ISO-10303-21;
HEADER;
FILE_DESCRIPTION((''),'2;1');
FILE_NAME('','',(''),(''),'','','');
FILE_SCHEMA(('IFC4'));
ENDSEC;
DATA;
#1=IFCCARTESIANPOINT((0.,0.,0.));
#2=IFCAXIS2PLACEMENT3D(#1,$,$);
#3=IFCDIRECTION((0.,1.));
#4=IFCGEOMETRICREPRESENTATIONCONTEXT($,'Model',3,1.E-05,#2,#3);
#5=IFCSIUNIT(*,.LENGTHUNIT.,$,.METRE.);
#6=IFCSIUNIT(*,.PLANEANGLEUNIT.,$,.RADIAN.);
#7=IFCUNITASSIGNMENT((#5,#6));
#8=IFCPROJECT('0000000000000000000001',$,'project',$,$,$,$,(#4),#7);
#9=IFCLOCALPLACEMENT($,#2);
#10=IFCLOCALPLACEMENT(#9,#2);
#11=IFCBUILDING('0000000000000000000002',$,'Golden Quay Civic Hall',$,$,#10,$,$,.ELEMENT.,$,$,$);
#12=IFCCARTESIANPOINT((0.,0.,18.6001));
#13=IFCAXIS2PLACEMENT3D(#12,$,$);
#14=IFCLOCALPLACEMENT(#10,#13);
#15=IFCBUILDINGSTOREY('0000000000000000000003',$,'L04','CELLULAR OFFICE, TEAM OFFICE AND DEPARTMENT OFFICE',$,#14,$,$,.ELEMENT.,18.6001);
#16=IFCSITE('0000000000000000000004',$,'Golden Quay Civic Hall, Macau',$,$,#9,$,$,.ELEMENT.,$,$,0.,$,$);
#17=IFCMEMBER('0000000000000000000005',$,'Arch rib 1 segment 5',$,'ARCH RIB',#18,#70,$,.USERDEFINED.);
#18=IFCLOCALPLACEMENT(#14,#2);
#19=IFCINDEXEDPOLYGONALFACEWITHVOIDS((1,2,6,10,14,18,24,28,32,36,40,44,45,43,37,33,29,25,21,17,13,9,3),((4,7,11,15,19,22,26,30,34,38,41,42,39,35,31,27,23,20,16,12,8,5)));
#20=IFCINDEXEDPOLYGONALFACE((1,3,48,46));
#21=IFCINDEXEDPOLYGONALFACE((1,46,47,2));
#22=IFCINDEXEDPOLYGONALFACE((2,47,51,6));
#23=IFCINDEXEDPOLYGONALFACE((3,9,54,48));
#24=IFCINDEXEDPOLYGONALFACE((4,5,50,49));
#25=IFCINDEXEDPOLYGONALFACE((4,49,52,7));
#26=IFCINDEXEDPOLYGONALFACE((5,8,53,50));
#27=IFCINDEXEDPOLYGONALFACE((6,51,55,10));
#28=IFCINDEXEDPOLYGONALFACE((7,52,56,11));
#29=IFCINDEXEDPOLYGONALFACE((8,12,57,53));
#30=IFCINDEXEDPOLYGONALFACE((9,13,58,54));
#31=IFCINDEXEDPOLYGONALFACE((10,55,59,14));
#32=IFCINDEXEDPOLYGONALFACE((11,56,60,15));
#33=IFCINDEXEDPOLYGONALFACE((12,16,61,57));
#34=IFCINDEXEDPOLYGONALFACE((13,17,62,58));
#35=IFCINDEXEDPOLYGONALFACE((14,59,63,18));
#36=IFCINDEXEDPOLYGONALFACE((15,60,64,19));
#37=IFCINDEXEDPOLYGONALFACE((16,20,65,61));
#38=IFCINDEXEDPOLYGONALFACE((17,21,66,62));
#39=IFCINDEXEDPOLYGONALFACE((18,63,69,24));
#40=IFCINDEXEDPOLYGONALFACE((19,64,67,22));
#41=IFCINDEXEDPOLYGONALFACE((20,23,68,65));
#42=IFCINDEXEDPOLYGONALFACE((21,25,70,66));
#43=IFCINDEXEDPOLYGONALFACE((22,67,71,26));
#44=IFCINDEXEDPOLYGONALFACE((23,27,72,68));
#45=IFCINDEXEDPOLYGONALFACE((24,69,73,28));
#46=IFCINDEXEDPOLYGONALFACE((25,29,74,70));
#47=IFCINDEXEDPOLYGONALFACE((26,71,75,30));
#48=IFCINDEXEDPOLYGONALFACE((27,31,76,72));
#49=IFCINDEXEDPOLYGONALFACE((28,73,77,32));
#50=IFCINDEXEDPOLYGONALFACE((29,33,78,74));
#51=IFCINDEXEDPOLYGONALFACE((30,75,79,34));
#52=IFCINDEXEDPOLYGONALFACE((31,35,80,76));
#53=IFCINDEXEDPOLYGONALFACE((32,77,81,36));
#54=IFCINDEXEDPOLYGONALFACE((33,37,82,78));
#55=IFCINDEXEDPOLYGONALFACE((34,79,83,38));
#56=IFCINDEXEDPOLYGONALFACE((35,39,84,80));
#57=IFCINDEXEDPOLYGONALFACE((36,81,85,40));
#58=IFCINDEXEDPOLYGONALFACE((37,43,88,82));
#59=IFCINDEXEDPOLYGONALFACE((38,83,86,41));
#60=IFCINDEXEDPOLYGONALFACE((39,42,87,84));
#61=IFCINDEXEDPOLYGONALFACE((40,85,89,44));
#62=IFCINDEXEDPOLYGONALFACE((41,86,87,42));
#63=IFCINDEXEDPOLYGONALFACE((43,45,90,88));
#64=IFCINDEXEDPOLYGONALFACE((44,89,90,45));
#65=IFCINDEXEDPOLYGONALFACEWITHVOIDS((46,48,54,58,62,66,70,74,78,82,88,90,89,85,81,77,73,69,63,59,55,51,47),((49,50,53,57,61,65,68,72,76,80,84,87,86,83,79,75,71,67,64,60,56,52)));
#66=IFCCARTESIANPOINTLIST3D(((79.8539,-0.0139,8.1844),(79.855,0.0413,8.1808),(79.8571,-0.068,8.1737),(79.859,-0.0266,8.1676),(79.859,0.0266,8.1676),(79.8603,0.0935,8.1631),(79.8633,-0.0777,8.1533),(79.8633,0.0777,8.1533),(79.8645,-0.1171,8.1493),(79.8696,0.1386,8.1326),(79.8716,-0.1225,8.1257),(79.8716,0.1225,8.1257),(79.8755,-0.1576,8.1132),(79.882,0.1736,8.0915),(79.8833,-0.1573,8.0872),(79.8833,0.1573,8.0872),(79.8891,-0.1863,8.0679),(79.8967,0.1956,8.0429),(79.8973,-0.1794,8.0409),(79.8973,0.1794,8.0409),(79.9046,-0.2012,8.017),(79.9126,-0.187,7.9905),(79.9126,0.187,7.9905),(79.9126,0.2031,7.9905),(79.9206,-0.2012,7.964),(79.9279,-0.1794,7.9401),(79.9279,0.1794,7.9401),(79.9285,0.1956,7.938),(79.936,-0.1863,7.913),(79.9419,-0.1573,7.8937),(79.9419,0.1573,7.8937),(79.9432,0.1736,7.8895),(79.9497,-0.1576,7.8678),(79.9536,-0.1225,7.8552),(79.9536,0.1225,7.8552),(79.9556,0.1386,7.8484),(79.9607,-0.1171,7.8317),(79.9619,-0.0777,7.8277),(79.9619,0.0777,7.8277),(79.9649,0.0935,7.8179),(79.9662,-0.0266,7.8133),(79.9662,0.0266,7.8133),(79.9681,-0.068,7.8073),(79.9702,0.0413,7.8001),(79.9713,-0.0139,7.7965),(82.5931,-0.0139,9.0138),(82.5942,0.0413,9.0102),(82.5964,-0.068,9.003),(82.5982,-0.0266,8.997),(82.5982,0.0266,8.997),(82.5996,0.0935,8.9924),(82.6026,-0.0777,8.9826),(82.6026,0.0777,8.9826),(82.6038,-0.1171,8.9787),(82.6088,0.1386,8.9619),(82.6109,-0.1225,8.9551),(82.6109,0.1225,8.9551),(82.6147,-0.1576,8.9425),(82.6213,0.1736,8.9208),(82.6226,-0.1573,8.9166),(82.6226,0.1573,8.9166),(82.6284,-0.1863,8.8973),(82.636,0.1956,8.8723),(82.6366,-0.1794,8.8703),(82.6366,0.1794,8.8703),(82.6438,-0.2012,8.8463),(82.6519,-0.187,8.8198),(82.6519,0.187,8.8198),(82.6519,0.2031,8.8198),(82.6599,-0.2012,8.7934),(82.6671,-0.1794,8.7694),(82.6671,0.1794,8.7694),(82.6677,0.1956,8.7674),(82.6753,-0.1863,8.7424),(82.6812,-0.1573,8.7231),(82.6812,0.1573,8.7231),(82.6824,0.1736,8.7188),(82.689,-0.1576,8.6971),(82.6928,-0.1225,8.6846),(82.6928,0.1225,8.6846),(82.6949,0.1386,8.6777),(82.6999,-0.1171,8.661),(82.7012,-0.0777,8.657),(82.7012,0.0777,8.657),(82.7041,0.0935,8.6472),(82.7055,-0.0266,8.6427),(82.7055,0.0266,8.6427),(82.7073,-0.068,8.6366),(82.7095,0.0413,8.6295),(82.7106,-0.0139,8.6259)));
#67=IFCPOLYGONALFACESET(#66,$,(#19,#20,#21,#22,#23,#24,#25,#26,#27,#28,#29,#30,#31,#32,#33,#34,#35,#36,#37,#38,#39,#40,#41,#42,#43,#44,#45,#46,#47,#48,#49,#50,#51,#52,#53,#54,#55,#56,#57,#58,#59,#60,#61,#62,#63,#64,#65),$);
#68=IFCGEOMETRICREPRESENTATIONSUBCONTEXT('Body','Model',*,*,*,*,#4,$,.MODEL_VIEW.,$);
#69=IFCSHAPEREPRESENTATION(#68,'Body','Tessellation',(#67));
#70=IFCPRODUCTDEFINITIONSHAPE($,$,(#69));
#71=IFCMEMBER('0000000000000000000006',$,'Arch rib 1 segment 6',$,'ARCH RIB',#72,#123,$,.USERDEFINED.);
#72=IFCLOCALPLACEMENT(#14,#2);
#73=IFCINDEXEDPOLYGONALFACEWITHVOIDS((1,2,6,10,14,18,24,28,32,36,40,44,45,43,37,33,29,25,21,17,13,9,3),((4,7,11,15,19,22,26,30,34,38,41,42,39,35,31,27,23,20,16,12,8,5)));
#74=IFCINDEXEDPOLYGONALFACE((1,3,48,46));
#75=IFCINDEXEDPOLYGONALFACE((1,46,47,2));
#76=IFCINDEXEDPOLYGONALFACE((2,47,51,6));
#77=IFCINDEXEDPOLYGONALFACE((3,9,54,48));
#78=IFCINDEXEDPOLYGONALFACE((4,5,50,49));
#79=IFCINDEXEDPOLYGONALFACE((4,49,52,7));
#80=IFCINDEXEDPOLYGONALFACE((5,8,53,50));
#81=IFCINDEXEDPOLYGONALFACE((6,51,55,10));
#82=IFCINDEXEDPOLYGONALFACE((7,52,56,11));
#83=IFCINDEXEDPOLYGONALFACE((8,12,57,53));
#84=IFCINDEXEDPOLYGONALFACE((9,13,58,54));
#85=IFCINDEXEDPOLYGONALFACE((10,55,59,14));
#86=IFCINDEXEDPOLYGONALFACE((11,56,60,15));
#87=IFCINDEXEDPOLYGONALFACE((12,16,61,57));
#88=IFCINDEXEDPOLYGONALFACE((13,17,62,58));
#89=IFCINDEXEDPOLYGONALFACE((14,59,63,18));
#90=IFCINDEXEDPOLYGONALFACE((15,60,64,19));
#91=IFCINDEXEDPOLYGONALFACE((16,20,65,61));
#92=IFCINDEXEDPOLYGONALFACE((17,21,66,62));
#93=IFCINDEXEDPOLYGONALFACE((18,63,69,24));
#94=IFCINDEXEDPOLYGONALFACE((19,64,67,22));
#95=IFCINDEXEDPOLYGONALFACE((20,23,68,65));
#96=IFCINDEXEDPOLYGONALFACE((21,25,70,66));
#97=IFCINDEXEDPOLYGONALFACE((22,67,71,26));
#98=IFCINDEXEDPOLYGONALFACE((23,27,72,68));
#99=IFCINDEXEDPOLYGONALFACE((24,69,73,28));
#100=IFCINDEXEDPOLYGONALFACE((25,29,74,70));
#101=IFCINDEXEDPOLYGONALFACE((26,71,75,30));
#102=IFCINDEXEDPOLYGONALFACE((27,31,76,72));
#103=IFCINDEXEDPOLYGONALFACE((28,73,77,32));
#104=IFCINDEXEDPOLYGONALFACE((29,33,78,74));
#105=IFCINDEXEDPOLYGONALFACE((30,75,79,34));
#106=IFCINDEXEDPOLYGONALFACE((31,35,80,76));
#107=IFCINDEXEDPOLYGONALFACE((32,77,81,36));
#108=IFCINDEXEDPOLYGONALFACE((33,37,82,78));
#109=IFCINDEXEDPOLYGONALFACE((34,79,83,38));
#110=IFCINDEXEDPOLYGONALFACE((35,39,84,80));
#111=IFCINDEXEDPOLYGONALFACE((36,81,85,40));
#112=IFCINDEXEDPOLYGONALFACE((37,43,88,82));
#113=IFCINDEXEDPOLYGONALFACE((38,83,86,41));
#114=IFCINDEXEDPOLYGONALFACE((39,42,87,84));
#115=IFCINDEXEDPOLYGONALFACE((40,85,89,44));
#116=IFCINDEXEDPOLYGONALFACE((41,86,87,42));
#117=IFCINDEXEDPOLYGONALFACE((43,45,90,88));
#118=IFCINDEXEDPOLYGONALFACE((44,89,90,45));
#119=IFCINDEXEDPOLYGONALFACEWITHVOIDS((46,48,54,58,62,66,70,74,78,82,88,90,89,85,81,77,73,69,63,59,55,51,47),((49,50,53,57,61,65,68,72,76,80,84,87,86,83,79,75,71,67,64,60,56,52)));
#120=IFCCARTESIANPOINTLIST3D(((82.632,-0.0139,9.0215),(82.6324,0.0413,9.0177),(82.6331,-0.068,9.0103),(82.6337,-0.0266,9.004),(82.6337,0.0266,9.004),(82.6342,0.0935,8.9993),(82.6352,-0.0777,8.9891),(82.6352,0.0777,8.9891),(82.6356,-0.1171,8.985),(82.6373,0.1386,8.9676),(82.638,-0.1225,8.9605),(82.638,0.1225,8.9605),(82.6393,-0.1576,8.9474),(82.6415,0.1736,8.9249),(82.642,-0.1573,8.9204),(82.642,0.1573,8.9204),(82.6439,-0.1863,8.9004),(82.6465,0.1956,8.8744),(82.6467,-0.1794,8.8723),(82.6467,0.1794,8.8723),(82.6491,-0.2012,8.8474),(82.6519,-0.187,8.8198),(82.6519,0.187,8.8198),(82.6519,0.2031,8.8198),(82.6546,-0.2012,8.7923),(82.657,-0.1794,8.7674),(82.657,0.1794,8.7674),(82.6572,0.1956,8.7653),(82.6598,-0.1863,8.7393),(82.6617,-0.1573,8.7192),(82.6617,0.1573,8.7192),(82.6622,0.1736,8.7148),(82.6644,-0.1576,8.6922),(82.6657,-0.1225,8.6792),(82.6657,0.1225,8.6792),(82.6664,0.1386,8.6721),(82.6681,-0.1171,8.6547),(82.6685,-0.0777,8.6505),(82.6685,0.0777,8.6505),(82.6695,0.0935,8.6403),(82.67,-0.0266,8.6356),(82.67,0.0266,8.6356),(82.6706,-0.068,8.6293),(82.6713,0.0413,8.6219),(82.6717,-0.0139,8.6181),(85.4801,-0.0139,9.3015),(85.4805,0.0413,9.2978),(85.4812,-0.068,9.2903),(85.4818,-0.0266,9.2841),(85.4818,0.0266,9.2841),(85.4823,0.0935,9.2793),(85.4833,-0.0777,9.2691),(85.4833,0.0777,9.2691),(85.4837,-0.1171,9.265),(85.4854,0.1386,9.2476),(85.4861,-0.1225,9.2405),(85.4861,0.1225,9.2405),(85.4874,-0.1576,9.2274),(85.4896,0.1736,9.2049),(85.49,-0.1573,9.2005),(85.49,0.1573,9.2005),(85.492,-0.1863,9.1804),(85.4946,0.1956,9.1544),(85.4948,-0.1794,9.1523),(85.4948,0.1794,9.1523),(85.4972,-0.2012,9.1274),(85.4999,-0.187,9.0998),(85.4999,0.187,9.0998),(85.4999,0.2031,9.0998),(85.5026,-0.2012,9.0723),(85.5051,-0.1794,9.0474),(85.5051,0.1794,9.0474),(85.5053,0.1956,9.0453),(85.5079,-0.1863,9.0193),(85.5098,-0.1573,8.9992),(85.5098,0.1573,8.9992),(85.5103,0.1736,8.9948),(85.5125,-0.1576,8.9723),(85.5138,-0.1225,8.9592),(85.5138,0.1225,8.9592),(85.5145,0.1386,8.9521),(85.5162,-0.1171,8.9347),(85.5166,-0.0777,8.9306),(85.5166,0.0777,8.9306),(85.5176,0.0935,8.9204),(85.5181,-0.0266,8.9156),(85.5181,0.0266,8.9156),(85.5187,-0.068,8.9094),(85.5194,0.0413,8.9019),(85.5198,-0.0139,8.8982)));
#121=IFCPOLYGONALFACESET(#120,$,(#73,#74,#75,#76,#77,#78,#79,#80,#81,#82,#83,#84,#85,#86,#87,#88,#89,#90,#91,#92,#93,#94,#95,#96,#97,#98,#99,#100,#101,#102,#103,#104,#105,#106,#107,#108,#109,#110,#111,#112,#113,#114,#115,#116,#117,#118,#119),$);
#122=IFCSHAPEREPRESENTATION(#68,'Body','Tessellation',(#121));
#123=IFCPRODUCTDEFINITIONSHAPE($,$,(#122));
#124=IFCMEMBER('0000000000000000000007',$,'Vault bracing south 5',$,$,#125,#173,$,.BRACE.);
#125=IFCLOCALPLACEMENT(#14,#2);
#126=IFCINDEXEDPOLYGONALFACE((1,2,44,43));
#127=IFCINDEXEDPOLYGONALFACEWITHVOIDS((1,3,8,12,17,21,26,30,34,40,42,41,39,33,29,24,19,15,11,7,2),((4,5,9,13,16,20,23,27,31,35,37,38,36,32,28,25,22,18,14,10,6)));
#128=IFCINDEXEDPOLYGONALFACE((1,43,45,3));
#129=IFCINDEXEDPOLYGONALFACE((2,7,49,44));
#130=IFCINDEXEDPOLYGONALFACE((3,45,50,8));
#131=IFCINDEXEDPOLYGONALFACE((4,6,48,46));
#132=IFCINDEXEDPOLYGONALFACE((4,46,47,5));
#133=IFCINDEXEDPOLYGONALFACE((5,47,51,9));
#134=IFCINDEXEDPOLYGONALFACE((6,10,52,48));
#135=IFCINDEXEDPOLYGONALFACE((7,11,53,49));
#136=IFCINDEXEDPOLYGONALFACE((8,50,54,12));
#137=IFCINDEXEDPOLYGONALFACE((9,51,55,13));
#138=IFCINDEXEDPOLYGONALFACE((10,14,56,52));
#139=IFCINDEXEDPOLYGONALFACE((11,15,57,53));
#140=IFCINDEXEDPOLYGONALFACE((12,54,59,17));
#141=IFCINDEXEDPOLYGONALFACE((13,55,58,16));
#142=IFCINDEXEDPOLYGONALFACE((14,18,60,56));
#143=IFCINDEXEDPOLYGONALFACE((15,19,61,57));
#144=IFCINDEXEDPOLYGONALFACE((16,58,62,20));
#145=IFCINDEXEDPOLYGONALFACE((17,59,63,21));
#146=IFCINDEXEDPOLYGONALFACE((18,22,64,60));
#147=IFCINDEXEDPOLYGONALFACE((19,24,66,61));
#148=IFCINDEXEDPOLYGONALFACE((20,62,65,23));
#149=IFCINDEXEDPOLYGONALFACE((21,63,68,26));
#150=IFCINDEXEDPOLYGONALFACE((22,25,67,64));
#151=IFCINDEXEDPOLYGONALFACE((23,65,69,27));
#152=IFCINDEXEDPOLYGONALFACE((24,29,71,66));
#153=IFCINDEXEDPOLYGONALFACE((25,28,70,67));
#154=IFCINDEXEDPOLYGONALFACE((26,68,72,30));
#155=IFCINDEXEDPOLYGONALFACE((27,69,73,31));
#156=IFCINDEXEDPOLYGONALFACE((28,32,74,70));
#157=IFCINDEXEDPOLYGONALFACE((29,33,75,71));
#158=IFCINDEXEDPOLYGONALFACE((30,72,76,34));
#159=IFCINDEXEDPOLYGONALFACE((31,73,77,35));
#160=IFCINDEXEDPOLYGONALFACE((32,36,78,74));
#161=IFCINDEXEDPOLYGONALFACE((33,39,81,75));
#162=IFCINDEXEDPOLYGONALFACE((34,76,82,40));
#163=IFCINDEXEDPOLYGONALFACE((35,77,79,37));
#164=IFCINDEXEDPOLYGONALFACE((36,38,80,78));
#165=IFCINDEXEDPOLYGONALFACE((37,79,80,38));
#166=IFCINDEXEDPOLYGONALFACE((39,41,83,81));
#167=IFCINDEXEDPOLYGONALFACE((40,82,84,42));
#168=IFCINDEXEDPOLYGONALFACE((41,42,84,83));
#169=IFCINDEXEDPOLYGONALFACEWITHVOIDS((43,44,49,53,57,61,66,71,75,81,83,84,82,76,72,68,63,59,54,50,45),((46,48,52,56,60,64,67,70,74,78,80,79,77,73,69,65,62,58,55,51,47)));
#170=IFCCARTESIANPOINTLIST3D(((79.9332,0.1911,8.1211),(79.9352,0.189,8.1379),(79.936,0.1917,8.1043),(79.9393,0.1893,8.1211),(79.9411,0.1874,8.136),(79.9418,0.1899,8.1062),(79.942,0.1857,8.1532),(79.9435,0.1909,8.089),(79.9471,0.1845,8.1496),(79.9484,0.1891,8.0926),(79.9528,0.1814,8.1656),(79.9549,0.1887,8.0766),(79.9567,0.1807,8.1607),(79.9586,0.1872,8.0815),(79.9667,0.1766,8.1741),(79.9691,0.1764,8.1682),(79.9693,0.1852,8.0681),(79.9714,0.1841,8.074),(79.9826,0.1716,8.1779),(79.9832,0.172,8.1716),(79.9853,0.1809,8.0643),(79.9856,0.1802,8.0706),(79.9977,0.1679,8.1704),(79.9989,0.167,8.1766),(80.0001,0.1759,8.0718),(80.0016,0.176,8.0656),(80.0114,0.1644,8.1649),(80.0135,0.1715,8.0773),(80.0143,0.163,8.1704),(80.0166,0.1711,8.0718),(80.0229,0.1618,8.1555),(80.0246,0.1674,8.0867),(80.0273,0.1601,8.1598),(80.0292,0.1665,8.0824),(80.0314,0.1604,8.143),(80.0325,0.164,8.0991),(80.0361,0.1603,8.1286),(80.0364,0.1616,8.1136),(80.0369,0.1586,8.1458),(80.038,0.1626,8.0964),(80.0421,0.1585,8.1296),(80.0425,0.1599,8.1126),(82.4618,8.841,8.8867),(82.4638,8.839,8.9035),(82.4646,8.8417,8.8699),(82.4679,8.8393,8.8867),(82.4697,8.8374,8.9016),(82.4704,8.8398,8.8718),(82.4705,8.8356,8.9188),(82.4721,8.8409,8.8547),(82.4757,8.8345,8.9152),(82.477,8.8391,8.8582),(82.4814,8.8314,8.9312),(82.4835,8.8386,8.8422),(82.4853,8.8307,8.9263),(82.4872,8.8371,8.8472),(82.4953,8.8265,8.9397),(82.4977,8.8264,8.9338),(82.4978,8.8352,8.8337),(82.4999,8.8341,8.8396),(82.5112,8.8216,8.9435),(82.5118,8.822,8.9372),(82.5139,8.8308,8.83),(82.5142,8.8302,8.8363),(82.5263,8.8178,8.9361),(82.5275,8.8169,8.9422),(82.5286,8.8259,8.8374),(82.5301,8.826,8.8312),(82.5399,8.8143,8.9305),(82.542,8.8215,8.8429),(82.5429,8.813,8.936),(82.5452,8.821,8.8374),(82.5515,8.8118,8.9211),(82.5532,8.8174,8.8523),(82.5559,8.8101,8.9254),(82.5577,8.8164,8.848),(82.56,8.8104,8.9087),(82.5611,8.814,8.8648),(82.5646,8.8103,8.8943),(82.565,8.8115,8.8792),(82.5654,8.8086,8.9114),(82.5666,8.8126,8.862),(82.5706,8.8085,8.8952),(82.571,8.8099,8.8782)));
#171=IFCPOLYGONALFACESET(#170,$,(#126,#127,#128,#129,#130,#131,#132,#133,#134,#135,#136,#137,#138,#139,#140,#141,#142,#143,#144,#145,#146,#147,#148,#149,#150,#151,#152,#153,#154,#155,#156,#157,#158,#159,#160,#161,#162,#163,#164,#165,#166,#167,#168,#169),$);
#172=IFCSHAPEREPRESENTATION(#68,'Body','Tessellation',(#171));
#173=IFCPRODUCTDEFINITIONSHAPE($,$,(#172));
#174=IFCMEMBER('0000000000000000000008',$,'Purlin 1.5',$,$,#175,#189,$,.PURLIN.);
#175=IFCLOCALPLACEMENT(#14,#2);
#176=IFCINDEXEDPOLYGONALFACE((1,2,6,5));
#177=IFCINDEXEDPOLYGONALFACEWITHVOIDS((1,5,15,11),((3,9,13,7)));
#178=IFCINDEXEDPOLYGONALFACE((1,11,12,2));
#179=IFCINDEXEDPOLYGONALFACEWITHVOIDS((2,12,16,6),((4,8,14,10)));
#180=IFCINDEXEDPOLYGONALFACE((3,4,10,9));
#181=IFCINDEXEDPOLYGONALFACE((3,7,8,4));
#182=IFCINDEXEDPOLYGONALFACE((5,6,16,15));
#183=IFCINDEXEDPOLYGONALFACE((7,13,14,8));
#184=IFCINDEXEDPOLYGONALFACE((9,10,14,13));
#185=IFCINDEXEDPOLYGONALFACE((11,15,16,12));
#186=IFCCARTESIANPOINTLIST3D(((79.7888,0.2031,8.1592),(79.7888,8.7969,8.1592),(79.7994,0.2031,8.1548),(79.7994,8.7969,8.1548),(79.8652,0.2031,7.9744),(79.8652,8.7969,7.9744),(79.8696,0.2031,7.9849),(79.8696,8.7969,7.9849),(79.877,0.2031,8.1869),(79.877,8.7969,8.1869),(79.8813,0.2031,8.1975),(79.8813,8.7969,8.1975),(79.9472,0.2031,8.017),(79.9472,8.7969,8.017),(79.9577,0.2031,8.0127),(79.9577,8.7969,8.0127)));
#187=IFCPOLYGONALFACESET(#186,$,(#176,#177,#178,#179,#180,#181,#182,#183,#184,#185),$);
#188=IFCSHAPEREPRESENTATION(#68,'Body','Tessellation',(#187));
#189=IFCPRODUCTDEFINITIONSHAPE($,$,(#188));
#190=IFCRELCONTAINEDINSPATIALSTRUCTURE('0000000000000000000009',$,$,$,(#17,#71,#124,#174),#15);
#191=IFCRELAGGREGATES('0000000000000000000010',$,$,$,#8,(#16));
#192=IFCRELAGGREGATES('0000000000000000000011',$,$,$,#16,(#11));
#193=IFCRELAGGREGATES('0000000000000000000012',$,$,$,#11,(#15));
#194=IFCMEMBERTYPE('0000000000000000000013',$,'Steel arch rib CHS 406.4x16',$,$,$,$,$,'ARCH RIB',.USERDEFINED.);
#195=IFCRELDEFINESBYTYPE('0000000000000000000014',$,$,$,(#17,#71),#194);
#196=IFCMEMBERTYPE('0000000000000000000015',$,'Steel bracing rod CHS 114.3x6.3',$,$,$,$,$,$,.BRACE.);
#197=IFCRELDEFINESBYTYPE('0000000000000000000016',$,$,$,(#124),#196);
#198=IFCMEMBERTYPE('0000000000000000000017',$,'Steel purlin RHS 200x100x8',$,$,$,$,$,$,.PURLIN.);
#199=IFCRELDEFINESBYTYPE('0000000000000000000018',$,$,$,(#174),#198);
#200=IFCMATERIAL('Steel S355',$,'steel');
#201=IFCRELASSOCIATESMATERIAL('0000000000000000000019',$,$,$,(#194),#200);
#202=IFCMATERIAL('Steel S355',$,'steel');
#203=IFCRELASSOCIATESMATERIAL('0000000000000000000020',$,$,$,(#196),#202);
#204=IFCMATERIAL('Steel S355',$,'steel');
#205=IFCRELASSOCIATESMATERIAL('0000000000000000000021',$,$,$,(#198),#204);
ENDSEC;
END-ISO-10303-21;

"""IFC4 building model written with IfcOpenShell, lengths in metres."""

from ifc_helpers import new_model, si_unit, direction, frame, origin, origin_2d, place, context, subcontext, project, spatial, hollow_rectangle, hollow_circle, extrude, material, material_profile, profile_set, type_object, element, save


model = new_model("IFC4")

# Units and contexts
model_context = context("Model", 3, precision=1e-05, world=origin(), true_north=direction((0.0, 1.0)))
body_context = subcontext(model_context, "Body", "Model", "MODEL_VIEW")
ifc_project = project(units=[si_unit("LENGTHUNIT", "METRE"), si_unit("PLANEANGLEUNIT", "RADIAN")], contexts=[model_context])

# Site, building, storey
site_placement = place(None, origin())
site = spatial("IfcSite", under=ifc_project, at=site_placement, Name="Golden Quay Civic Hall, Macau", CompositionType="ELEMENT", RefElevation=0.0)
building_placement = place(site_placement, origin())
building = spatial("IfcBuilding", under=site, at=building_placement, Name="Golden Quay Civic Hall", CompositionType="ELEMENT")
storey_placement = place(building_placement, frame((0.0, 0.0, 18.6001)))
storey = spatial("IfcBuildingStorey", under=building, at=storey_placement, Name="L04", Description="CELLULAR OFFICE, TEAM OFFICE AND DEPARTMENT OFFICE", CompositionType="ELEMENT", Elevation=18.6001)

# Members
ifc_material_1 = material(Name="Steel S355", Category="steel")
ifc_material_profile_1 = material_profile(ifc_material_1, hollow_circle(Radius=0.2031, WallThickness=0.0161, at=origin_2d()), Name="CHS 406.4x16")
ifc_profile_set_1 = profile_set([ifc_material_profile_1], Name="Steel S355")
member_type_1 = type_object("IfcMemberType", Name="Steel arch rib CHS 406.4x16", ElementType="ARCH RIB", PredefinedType="USERDEFINED", material=ifc_profile_set_1)
member_1_placement = place(storey_placement, frame((79.9126, 0.0, 7.9905), z_axis=(0.957095, 0.0, 0.289773), x_axis=(0.0, 1.0, 0.0)))
element("IfcMember", 1, at=member_1_placement, inside=storey, type_object=member_type_1, Name="Arch rib 1 segment 5", ObjectType="ARCH RIB", PredefinedType="USERDEFINED", context=body_context, shape_type="SweptSolid", body=[
    extrude(hollow_circle(Radius=0.2031, WallThickness=0.0161, at=origin_2d()), origin(), (0.0, 0.0, 1.0), 2.8621),
])
member_2_placement = place(storey_placement, frame((82.6519, 0.0, 8.8198), z_axis=(0.995201, 0.0, 0.097848), x_axis=(0.0, 1.0, 0.0)))
element("IfcMember", 2, at=member_2_placement, inside=storey, type_object=member_type_1, Name="Arch rib 1 segment 6", ObjectType="ARCH RIB", PredefinedType="USERDEFINED", context=body_context, shape_type="SweptSolid", body=[
    extrude(hollow_circle(Radius=0.2031, WallThickness=0.0161, at=origin_2d()), origin(), (0.0, 0.0, 1.0), 2.8618),
])
ifc_material_2 = material(Name="Steel S355", Category="steel")
ifc_material_profile_2 = material_profile(ifc_material_2, hollow_circle(Radius=0.0571, WallThickness=0.0063, at=origin_2d()), Name="CHS 114.3x6.3")
ifc_profile_set_2 = profile_set([ifc_material_profile_2], Name="Steel S355")
member_type_2 = type_object("IfcMemberType", Name="Steel bracing rod CHS 114.3x6.3", PredefinedType="BRACE", material=ifc_profile_set_2)
member_3_placement = place(storey_placement, frame((79.988, 0.175, 8.1211), z_axis=(0.279573, 0.956385, 0.084652), x_axis=(-0.959831, 0.28058, 0.0)))
element("IfcMember", 3, at=member_3_placement, inside=storey, type_object=member_type_2, Name="Vault bracing south 5", PredefinedType="BRACE", context=body_context, shape_type="SweptSolid", body=[
    extrude(hollow_circle(Radius=0.0571, WallThickness=0.0063, at=origin_2d()), origin(), (0.0, 0.0, 1.0), 9.0444),
])
ifc_material_3 = material(Name="Steel S355", Category="steel")
ifc_material_profile_3 = material_profile(ifc_material_3, hollow_rectangle(XDim=0.1001, YDim=0.2, WallThickness=0.0081, at=origin_2d()), Name="RHS 200x100x8")
ifc_profile_set_3 = profile_set([ifc_material_profile_3], Name="Steel S355")
member_type_3 = type_object("IfcMemberType", Name="Steel purlin RHS 200x100x8", PredefinedType="PURLIN", material=ifc_profile_set_3)
for number, where, z_axis, x_axis, name in (
    (4, (79.8733, 0.2031, 8.0859), (0.0, 1.0, 0.0), (-0.924146, 0.0, -0.382039), "Purlin 1.5"),
):
    element("IfcMember", number, at=place(storey_placement, frame(where, z_axis=z_axis, x_axis=x_axis)), inside=storey, type_object=member_type_3, Name=name, PredefinedType="PURLIN", context=body_context, shape_type="SweptSolid", body=[
        extrude(hollow_rectangle(XDim=0.1001, YDim=0.2, WallThickness=0.0081, at=origin_2d()), origin(), (0.0, 0.0, 1.0), 8.5938),
    ])

save(model, "model.ifc")
